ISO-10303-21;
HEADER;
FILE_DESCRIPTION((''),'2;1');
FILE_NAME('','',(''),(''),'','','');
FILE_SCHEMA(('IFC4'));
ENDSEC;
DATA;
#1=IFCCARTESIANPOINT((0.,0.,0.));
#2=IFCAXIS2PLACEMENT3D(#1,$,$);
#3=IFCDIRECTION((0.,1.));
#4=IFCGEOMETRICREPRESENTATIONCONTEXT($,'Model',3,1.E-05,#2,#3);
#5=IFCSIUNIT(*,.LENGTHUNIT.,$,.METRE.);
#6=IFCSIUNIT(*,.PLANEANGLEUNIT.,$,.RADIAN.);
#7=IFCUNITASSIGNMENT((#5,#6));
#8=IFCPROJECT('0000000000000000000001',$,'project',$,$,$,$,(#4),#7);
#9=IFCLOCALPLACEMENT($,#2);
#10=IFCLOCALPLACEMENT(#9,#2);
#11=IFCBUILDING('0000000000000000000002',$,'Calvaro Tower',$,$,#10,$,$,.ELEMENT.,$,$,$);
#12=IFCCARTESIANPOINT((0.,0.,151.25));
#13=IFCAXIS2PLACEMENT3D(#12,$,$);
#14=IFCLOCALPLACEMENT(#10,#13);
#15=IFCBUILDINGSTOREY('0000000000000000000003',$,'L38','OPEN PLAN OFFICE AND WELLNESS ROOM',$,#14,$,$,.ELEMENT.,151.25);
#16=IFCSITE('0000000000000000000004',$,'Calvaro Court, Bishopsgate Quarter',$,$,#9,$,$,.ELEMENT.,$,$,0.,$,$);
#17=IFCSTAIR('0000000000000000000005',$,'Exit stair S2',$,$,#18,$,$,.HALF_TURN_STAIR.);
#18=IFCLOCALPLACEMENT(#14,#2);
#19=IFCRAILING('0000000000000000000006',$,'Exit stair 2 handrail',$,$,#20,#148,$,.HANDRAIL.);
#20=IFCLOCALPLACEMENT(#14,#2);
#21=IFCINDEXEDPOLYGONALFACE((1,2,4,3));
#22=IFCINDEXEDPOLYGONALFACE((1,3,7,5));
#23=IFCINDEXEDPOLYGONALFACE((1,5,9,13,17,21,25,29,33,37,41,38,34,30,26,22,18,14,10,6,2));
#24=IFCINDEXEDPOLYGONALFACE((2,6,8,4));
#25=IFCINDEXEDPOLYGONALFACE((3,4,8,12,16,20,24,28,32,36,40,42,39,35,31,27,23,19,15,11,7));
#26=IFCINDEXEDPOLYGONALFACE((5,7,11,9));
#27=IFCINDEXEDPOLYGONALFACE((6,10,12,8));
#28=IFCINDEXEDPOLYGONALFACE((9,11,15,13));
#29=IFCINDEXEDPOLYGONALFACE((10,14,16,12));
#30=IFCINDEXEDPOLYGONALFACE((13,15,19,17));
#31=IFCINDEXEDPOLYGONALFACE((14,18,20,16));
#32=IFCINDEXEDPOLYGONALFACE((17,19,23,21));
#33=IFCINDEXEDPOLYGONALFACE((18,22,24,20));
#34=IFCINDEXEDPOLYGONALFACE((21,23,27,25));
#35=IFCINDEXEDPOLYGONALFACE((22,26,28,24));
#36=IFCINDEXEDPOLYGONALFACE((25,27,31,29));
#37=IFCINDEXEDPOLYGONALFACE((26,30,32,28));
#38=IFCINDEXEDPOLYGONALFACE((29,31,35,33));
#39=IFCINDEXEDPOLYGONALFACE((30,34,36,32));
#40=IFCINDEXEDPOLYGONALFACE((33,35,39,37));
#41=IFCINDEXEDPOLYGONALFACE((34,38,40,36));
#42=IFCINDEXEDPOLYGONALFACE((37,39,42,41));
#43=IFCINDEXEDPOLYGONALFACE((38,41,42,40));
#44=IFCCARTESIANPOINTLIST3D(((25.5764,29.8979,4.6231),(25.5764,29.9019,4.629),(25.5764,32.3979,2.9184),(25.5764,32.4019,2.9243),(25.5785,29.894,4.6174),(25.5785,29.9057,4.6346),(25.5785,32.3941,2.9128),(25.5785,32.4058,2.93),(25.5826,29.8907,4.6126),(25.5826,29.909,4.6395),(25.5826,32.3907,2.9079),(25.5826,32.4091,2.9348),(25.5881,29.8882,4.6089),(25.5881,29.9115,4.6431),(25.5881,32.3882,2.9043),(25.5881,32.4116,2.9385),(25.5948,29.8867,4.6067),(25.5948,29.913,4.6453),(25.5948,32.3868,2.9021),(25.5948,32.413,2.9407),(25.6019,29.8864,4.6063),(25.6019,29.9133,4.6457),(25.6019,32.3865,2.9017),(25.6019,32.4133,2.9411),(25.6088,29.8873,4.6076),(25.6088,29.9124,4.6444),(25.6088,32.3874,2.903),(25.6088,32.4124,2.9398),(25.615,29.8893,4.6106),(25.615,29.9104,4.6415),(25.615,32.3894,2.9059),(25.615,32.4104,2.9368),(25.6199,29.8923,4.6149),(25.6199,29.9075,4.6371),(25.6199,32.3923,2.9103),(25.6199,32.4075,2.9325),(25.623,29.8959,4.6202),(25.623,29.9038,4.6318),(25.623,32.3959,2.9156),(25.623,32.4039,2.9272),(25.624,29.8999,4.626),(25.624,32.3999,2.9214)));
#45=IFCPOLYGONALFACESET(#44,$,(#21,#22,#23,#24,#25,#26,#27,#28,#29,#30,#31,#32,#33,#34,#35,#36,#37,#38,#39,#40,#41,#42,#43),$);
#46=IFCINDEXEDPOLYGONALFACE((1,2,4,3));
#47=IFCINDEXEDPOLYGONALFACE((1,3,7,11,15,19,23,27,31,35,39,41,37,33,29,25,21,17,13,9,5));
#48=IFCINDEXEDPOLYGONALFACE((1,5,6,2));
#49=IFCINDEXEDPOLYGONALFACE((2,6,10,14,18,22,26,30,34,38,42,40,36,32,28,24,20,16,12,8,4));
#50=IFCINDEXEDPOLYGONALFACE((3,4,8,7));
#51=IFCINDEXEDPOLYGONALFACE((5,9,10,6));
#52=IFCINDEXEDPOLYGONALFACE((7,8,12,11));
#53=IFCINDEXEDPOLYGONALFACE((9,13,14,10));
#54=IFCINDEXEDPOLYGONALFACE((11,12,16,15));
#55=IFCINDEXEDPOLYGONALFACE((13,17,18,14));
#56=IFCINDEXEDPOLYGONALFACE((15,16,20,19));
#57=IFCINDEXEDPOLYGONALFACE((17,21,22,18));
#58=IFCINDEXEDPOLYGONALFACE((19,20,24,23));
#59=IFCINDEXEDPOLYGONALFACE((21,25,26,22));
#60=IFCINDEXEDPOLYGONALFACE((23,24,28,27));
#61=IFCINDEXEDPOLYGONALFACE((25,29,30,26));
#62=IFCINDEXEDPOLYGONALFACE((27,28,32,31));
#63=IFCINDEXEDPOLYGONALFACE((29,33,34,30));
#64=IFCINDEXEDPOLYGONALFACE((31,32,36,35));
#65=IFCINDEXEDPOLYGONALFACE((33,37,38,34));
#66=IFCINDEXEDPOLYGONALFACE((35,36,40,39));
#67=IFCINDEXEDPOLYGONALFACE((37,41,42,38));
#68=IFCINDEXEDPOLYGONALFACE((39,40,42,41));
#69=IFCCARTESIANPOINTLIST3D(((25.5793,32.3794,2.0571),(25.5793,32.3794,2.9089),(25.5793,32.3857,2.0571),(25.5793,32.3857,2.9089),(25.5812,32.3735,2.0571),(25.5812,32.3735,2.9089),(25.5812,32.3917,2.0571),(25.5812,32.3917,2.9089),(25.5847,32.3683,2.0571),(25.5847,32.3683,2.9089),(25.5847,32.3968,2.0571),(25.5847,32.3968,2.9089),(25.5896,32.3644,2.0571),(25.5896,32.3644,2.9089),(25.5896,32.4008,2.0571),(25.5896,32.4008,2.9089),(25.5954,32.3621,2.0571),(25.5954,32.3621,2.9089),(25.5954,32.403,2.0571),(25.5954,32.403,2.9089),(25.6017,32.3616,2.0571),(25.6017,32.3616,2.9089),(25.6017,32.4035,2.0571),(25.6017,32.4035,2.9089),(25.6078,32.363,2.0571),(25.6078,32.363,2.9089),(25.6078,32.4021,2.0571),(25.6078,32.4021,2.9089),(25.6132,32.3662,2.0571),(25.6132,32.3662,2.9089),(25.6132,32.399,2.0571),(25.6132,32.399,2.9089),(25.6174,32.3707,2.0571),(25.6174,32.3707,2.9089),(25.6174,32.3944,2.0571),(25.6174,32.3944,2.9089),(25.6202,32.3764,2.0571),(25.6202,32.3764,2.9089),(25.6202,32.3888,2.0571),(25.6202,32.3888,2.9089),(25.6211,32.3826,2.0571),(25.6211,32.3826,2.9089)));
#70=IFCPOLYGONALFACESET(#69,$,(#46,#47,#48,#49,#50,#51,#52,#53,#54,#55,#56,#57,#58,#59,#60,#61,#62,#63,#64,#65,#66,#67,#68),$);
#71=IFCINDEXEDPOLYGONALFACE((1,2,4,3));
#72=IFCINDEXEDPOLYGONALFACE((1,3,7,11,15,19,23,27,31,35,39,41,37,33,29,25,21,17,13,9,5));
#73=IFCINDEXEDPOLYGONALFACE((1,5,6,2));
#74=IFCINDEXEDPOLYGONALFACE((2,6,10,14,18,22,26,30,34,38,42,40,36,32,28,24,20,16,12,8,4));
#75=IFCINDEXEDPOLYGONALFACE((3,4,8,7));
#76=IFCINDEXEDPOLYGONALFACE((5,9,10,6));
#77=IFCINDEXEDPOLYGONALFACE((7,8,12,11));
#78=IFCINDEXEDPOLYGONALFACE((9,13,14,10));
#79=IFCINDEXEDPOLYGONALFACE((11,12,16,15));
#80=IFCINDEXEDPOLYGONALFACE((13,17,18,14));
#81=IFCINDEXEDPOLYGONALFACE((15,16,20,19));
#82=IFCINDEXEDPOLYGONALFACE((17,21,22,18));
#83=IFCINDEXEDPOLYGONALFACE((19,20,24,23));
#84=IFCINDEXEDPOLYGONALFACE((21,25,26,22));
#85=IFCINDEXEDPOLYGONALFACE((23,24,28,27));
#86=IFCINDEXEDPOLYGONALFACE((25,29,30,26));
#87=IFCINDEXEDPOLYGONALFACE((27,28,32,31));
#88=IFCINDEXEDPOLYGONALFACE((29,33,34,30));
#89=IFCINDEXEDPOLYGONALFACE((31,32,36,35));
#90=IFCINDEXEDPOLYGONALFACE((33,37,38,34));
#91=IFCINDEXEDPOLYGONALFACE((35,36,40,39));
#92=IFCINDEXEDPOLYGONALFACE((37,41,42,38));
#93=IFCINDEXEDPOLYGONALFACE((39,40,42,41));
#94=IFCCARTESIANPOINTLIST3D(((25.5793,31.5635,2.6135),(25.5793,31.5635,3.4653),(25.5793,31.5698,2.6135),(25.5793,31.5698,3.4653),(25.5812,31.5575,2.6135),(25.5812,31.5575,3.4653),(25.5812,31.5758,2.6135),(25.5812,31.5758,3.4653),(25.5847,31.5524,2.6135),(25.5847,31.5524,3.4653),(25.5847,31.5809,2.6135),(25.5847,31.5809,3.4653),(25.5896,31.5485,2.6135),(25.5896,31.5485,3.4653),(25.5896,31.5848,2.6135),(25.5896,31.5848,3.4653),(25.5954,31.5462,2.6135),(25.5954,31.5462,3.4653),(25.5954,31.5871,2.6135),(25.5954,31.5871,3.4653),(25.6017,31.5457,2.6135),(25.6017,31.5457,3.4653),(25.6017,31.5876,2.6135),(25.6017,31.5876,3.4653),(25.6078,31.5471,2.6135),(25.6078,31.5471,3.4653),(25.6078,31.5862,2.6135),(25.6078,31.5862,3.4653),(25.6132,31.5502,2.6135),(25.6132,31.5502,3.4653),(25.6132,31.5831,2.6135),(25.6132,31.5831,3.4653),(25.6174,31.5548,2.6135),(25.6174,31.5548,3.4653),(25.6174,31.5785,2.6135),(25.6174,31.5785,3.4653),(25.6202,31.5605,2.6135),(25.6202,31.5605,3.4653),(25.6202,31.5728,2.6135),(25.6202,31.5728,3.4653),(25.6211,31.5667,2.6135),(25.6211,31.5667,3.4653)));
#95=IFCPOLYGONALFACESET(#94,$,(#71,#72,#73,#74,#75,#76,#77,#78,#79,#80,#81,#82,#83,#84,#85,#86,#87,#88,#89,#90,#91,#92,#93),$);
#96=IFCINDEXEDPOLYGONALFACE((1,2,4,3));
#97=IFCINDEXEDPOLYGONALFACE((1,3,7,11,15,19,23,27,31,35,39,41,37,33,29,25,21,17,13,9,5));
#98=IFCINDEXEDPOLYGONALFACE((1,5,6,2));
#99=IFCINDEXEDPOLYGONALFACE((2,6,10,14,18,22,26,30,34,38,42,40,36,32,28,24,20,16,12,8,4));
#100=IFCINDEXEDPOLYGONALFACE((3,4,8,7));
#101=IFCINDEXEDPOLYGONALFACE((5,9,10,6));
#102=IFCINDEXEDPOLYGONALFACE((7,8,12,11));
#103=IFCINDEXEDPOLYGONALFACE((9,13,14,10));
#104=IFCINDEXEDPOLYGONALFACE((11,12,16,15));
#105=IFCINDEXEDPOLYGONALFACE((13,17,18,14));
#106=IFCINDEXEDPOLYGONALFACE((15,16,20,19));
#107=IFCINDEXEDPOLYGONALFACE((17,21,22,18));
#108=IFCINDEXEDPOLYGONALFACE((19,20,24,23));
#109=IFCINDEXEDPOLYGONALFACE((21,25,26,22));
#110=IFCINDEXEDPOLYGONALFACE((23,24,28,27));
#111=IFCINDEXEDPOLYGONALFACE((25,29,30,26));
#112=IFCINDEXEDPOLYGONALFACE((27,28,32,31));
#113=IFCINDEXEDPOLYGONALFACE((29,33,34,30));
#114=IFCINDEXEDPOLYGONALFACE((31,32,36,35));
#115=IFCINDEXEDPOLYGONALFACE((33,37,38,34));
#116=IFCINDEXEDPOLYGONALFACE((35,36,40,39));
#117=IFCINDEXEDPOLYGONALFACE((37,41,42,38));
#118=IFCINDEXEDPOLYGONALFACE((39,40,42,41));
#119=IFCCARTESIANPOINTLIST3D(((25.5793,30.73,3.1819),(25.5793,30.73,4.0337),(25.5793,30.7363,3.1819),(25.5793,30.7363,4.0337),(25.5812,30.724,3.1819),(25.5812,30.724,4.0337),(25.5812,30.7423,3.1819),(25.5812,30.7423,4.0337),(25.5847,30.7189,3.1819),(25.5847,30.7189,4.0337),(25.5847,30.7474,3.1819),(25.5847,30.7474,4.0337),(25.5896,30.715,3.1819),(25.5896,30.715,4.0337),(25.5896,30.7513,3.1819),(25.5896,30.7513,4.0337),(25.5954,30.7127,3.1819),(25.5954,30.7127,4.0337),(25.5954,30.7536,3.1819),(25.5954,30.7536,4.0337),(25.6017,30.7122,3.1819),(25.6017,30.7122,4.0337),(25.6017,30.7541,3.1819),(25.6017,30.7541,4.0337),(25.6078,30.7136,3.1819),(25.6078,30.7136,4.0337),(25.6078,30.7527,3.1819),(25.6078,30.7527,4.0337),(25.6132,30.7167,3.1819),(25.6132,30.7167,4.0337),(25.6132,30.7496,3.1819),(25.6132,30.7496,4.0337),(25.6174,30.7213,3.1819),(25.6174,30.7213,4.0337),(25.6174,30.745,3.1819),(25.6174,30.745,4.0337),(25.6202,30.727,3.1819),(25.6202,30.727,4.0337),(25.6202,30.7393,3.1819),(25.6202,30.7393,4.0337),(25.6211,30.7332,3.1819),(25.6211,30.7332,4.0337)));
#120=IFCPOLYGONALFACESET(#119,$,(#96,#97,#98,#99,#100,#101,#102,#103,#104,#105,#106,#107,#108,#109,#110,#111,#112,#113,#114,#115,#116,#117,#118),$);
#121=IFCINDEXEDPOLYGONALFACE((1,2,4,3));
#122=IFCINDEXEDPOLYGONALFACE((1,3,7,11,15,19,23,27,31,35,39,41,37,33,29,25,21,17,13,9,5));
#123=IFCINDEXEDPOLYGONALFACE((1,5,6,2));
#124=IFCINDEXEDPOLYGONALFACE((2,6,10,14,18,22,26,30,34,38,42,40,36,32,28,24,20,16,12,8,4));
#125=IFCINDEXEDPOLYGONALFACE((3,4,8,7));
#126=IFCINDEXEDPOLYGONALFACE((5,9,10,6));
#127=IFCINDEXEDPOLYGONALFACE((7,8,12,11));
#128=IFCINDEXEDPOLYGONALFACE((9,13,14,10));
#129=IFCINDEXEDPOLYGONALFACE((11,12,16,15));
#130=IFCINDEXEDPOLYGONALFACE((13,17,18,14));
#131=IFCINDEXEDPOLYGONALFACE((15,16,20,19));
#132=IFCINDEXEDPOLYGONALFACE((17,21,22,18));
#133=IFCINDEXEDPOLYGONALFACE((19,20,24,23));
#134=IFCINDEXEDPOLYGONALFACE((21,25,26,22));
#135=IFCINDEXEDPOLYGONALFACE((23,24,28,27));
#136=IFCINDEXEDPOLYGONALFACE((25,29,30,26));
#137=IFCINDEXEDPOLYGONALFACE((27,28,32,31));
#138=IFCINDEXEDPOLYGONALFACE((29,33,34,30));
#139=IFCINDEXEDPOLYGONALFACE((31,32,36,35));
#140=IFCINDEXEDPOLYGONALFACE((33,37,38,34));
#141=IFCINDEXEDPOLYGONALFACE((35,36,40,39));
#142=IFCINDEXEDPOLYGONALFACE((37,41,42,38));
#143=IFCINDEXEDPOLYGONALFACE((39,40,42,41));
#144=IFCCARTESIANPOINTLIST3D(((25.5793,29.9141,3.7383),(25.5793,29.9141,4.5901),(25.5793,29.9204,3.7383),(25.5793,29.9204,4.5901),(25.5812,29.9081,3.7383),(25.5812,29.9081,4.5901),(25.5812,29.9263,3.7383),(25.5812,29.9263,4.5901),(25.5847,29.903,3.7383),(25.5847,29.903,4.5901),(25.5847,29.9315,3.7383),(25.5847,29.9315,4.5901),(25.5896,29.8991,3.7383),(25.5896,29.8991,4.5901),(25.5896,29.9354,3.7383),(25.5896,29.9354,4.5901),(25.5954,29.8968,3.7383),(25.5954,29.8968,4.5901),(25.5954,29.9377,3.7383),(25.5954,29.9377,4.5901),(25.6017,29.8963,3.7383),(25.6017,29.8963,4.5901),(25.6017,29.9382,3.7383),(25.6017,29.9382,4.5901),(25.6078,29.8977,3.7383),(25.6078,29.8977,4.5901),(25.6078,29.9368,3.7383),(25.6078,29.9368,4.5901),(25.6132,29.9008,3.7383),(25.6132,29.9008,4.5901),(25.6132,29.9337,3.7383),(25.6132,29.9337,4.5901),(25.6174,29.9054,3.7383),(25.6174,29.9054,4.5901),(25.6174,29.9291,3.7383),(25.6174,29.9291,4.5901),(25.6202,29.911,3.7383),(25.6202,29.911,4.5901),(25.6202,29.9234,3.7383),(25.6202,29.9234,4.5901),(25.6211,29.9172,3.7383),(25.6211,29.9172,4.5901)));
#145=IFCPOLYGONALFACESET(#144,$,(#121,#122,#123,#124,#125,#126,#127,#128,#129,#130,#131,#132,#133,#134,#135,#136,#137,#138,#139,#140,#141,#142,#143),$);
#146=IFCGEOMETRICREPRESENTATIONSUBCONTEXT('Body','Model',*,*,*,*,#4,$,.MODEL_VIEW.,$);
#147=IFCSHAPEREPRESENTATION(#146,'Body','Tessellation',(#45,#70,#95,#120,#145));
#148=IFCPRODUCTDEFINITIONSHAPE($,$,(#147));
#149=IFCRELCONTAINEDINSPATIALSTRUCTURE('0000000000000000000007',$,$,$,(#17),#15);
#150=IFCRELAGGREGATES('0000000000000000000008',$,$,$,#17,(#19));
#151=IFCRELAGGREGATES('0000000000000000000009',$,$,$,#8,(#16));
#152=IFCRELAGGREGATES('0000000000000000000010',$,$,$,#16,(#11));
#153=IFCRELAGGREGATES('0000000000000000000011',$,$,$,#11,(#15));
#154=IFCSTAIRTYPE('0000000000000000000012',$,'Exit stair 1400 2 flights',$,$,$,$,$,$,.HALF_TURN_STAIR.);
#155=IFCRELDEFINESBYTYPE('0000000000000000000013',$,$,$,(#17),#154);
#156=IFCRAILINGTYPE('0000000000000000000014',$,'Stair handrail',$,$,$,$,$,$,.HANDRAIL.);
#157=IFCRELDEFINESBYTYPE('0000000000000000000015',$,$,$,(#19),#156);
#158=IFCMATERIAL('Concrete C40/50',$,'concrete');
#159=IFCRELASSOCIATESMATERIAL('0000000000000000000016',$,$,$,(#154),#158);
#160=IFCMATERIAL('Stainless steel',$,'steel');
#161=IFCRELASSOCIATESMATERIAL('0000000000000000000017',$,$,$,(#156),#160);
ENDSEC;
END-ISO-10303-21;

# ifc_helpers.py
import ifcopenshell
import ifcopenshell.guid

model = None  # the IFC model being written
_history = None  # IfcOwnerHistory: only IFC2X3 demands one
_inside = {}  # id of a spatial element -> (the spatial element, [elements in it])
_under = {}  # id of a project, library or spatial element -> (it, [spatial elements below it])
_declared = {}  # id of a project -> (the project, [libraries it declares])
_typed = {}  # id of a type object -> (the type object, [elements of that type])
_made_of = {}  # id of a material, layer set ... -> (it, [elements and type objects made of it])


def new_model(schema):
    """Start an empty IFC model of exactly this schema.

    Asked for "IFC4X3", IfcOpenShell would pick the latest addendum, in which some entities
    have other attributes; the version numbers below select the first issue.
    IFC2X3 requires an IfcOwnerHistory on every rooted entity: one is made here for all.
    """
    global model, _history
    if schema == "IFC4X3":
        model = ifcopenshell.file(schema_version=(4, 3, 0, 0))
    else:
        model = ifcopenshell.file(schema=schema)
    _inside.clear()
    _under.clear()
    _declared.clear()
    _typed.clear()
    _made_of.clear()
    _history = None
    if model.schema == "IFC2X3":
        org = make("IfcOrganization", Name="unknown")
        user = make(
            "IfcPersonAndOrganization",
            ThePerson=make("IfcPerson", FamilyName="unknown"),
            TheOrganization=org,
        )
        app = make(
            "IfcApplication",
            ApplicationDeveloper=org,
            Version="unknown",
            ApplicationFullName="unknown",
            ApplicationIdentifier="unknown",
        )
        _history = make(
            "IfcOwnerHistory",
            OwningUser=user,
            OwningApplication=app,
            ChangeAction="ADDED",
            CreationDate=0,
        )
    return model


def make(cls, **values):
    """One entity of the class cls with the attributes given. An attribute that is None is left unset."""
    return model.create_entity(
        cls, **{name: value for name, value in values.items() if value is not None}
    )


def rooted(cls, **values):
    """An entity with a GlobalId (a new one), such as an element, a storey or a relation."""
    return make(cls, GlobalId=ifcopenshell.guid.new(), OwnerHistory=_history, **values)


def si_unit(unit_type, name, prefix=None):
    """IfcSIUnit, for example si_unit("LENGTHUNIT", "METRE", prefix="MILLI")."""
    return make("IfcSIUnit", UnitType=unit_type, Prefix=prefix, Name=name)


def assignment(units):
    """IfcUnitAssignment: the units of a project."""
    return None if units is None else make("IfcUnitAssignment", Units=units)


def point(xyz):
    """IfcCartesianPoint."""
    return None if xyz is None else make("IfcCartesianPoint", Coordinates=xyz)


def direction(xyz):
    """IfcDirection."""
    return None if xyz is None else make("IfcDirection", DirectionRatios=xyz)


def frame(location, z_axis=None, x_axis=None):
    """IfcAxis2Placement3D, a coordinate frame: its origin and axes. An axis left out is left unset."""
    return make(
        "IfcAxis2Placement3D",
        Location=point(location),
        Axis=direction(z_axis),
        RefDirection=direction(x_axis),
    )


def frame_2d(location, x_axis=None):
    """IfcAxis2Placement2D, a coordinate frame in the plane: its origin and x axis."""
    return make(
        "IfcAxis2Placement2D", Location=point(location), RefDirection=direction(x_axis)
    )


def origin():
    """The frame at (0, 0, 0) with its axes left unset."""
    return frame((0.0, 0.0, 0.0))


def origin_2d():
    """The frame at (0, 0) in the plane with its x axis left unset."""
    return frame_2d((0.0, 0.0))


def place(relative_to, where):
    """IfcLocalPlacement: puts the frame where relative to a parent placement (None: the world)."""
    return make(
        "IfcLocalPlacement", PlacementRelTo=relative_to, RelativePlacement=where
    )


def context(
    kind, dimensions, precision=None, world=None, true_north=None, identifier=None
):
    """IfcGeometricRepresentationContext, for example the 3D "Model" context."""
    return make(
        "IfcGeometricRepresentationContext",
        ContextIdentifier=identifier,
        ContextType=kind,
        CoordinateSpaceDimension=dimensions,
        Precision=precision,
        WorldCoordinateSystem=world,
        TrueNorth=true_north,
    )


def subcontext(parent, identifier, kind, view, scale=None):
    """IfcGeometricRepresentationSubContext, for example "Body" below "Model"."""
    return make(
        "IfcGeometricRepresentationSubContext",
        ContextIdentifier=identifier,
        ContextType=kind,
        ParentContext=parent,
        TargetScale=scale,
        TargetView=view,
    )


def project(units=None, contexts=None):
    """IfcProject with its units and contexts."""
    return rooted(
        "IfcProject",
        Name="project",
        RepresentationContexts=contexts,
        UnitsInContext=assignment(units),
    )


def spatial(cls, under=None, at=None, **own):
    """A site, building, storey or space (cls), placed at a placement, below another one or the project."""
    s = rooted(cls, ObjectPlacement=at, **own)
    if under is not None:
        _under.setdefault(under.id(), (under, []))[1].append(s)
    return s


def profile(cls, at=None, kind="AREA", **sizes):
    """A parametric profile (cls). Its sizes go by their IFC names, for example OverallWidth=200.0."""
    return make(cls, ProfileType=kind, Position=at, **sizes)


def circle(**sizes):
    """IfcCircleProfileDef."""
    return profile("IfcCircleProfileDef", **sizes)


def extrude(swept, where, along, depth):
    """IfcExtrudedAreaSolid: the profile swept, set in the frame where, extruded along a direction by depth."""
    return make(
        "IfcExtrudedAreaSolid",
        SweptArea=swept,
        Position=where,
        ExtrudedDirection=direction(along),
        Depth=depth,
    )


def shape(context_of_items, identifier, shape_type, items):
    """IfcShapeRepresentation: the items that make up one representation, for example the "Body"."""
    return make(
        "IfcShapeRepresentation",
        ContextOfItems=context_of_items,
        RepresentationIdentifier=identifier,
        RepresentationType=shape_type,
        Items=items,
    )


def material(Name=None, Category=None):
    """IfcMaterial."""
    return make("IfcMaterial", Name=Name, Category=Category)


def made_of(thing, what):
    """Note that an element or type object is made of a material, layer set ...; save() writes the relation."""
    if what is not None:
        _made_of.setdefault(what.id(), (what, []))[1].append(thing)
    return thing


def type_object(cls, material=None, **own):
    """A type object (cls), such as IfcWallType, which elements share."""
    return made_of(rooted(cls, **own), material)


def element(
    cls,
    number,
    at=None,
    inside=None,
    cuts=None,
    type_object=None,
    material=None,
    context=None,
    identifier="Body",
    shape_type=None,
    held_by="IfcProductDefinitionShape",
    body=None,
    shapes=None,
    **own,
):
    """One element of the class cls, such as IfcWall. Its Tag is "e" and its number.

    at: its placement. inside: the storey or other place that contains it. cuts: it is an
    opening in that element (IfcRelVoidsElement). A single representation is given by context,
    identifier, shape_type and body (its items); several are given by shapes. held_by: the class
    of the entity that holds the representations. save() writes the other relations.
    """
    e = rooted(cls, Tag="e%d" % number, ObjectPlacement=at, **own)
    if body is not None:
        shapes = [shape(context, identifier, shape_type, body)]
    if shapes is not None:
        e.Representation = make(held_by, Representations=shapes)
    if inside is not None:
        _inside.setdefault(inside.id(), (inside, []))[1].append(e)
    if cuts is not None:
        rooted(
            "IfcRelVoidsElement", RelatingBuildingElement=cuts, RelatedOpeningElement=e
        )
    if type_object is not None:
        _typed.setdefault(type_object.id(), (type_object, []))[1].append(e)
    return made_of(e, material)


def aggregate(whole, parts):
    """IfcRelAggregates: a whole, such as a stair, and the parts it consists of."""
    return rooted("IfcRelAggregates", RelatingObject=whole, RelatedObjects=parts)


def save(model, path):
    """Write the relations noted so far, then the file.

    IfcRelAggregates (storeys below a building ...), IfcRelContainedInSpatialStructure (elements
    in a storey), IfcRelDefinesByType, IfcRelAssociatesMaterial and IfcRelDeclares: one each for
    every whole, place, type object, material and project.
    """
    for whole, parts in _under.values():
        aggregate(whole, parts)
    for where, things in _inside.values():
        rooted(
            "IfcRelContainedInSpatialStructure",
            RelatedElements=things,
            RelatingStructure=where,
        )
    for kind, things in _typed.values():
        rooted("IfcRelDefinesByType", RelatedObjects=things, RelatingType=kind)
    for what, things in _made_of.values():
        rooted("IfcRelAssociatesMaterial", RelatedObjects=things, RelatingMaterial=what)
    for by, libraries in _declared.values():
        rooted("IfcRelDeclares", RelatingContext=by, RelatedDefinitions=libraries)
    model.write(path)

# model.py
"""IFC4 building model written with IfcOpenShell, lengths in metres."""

from ifc_helpers import new_model, si_unit, direction, frame, origin, origin_2d, place, context, subcontext, project, spatial, circle, extrude, material, type_object, element, aggregate, save


model = new_model("IFC4")

# Units and contexts
model_context = context("Model", 3, precision=1e-05, world=origin(), true_north=direction((0.0, 1.0)))
body_context = subcontext(model_context, "Body", "Model", "MODEL_VIEW")
ifc_project = project(units=[si_unit("LENGTHUNIT", "METRE"), si_unit("PLANEANGLEUNIT", "RADIAN")], contexts=[model_context])

# Site, building, storey
site_placement = place(None, origin())
site = spatial("IfcSite", under=ifc_project, at=site_placement, Name="Calvaro Court, Bishopsgate Quarter", CompositionType="ELEMENT", RefElevation=0.0)
building_placement = place(site_placement, origin())
building = spatial("IfcBuilding", under=site, at=building_placement, Name="Calvaro Tower", CompositionType="ELEMENT")
storey_placement = place(building_placement, frame((0.0, 0.0, 151.25)))
storey = spatial("IfcBuildingStorey", under=building, at=storey_placement, Name="L38", Description="OPEN PLAN OFFICE AND WELLNESS ROOM", CompositionType="ELEMENT", Elevation=151.25)

# Stair, railing
ifc_material_1 = material(Name="Concrete C40/50", Category="concrete")
stair_type = type_object("IfcStairType", Name="Exit stair 1400 2 flights", PredefinedType="HALF_TURN_STAIR", material=ifc_material_1)
stair_placement = place(storey_placement, origin())
stair = element("IfcStair", 1, at=stair_placement, inside=storey, type_object=stair_type, Name="Exit stair S2", PredefinedType="HALF_TURN_STAIR")
ifc_material_2 = material(Name="Stainless steel", Category="steel")
railing_type = type_object("IfcRailingType", Name="Stair handrail", PredefinedType="HANDRAIL", material=ifc_material_2)
railing_1_placement = place(storey_placement, frame((25.6001, 32.3999, 2.0454)))
railing_1 = element("IfcRailing", 2, at=railing_1_placement, type_object=railing_type, Name="Exit stair 2 handrail", PredefinedType="HANDRAIL", context=body_context, shape_type="SweptSolid", body=[
    extrude(circle(Radius=0.0239, at=origin_2d()), frame((0.0, 0.0, 0.876), z_axis=(0.0, -0.826221, 0.563347), x_axis=(1.0, 0.0, 0.0)), (0.0, 0.0, 1.0), 3.0259),
    extrude(circle(Radius=0.021, at=origin_2d()), frame((0.0, -0.0173, 0.0117)), (0.0, 0.0, 1.0), 0.8518),
    extrude(circle(Radius=0.021, at=origin_2d()), frame((0.0, -0.8333, 0.5681)), (0.0, 0.0, 1.0), 0.8518),
    extrude(circle(Radius=0.021, at=origin_2d()), frame((0.0, -1.6667, 1.1365)), (0.0, 0.0, 1.0), 0.8518),
    extrude(circle(Radius=0.021, at=origin_2d()), frame((0.0, -2.4827, 1.6929)), (0.0, 0.0, 1.0), 0.8518),
])
aggregate(stair, [railing_1])

save(model, "model.ifc")
